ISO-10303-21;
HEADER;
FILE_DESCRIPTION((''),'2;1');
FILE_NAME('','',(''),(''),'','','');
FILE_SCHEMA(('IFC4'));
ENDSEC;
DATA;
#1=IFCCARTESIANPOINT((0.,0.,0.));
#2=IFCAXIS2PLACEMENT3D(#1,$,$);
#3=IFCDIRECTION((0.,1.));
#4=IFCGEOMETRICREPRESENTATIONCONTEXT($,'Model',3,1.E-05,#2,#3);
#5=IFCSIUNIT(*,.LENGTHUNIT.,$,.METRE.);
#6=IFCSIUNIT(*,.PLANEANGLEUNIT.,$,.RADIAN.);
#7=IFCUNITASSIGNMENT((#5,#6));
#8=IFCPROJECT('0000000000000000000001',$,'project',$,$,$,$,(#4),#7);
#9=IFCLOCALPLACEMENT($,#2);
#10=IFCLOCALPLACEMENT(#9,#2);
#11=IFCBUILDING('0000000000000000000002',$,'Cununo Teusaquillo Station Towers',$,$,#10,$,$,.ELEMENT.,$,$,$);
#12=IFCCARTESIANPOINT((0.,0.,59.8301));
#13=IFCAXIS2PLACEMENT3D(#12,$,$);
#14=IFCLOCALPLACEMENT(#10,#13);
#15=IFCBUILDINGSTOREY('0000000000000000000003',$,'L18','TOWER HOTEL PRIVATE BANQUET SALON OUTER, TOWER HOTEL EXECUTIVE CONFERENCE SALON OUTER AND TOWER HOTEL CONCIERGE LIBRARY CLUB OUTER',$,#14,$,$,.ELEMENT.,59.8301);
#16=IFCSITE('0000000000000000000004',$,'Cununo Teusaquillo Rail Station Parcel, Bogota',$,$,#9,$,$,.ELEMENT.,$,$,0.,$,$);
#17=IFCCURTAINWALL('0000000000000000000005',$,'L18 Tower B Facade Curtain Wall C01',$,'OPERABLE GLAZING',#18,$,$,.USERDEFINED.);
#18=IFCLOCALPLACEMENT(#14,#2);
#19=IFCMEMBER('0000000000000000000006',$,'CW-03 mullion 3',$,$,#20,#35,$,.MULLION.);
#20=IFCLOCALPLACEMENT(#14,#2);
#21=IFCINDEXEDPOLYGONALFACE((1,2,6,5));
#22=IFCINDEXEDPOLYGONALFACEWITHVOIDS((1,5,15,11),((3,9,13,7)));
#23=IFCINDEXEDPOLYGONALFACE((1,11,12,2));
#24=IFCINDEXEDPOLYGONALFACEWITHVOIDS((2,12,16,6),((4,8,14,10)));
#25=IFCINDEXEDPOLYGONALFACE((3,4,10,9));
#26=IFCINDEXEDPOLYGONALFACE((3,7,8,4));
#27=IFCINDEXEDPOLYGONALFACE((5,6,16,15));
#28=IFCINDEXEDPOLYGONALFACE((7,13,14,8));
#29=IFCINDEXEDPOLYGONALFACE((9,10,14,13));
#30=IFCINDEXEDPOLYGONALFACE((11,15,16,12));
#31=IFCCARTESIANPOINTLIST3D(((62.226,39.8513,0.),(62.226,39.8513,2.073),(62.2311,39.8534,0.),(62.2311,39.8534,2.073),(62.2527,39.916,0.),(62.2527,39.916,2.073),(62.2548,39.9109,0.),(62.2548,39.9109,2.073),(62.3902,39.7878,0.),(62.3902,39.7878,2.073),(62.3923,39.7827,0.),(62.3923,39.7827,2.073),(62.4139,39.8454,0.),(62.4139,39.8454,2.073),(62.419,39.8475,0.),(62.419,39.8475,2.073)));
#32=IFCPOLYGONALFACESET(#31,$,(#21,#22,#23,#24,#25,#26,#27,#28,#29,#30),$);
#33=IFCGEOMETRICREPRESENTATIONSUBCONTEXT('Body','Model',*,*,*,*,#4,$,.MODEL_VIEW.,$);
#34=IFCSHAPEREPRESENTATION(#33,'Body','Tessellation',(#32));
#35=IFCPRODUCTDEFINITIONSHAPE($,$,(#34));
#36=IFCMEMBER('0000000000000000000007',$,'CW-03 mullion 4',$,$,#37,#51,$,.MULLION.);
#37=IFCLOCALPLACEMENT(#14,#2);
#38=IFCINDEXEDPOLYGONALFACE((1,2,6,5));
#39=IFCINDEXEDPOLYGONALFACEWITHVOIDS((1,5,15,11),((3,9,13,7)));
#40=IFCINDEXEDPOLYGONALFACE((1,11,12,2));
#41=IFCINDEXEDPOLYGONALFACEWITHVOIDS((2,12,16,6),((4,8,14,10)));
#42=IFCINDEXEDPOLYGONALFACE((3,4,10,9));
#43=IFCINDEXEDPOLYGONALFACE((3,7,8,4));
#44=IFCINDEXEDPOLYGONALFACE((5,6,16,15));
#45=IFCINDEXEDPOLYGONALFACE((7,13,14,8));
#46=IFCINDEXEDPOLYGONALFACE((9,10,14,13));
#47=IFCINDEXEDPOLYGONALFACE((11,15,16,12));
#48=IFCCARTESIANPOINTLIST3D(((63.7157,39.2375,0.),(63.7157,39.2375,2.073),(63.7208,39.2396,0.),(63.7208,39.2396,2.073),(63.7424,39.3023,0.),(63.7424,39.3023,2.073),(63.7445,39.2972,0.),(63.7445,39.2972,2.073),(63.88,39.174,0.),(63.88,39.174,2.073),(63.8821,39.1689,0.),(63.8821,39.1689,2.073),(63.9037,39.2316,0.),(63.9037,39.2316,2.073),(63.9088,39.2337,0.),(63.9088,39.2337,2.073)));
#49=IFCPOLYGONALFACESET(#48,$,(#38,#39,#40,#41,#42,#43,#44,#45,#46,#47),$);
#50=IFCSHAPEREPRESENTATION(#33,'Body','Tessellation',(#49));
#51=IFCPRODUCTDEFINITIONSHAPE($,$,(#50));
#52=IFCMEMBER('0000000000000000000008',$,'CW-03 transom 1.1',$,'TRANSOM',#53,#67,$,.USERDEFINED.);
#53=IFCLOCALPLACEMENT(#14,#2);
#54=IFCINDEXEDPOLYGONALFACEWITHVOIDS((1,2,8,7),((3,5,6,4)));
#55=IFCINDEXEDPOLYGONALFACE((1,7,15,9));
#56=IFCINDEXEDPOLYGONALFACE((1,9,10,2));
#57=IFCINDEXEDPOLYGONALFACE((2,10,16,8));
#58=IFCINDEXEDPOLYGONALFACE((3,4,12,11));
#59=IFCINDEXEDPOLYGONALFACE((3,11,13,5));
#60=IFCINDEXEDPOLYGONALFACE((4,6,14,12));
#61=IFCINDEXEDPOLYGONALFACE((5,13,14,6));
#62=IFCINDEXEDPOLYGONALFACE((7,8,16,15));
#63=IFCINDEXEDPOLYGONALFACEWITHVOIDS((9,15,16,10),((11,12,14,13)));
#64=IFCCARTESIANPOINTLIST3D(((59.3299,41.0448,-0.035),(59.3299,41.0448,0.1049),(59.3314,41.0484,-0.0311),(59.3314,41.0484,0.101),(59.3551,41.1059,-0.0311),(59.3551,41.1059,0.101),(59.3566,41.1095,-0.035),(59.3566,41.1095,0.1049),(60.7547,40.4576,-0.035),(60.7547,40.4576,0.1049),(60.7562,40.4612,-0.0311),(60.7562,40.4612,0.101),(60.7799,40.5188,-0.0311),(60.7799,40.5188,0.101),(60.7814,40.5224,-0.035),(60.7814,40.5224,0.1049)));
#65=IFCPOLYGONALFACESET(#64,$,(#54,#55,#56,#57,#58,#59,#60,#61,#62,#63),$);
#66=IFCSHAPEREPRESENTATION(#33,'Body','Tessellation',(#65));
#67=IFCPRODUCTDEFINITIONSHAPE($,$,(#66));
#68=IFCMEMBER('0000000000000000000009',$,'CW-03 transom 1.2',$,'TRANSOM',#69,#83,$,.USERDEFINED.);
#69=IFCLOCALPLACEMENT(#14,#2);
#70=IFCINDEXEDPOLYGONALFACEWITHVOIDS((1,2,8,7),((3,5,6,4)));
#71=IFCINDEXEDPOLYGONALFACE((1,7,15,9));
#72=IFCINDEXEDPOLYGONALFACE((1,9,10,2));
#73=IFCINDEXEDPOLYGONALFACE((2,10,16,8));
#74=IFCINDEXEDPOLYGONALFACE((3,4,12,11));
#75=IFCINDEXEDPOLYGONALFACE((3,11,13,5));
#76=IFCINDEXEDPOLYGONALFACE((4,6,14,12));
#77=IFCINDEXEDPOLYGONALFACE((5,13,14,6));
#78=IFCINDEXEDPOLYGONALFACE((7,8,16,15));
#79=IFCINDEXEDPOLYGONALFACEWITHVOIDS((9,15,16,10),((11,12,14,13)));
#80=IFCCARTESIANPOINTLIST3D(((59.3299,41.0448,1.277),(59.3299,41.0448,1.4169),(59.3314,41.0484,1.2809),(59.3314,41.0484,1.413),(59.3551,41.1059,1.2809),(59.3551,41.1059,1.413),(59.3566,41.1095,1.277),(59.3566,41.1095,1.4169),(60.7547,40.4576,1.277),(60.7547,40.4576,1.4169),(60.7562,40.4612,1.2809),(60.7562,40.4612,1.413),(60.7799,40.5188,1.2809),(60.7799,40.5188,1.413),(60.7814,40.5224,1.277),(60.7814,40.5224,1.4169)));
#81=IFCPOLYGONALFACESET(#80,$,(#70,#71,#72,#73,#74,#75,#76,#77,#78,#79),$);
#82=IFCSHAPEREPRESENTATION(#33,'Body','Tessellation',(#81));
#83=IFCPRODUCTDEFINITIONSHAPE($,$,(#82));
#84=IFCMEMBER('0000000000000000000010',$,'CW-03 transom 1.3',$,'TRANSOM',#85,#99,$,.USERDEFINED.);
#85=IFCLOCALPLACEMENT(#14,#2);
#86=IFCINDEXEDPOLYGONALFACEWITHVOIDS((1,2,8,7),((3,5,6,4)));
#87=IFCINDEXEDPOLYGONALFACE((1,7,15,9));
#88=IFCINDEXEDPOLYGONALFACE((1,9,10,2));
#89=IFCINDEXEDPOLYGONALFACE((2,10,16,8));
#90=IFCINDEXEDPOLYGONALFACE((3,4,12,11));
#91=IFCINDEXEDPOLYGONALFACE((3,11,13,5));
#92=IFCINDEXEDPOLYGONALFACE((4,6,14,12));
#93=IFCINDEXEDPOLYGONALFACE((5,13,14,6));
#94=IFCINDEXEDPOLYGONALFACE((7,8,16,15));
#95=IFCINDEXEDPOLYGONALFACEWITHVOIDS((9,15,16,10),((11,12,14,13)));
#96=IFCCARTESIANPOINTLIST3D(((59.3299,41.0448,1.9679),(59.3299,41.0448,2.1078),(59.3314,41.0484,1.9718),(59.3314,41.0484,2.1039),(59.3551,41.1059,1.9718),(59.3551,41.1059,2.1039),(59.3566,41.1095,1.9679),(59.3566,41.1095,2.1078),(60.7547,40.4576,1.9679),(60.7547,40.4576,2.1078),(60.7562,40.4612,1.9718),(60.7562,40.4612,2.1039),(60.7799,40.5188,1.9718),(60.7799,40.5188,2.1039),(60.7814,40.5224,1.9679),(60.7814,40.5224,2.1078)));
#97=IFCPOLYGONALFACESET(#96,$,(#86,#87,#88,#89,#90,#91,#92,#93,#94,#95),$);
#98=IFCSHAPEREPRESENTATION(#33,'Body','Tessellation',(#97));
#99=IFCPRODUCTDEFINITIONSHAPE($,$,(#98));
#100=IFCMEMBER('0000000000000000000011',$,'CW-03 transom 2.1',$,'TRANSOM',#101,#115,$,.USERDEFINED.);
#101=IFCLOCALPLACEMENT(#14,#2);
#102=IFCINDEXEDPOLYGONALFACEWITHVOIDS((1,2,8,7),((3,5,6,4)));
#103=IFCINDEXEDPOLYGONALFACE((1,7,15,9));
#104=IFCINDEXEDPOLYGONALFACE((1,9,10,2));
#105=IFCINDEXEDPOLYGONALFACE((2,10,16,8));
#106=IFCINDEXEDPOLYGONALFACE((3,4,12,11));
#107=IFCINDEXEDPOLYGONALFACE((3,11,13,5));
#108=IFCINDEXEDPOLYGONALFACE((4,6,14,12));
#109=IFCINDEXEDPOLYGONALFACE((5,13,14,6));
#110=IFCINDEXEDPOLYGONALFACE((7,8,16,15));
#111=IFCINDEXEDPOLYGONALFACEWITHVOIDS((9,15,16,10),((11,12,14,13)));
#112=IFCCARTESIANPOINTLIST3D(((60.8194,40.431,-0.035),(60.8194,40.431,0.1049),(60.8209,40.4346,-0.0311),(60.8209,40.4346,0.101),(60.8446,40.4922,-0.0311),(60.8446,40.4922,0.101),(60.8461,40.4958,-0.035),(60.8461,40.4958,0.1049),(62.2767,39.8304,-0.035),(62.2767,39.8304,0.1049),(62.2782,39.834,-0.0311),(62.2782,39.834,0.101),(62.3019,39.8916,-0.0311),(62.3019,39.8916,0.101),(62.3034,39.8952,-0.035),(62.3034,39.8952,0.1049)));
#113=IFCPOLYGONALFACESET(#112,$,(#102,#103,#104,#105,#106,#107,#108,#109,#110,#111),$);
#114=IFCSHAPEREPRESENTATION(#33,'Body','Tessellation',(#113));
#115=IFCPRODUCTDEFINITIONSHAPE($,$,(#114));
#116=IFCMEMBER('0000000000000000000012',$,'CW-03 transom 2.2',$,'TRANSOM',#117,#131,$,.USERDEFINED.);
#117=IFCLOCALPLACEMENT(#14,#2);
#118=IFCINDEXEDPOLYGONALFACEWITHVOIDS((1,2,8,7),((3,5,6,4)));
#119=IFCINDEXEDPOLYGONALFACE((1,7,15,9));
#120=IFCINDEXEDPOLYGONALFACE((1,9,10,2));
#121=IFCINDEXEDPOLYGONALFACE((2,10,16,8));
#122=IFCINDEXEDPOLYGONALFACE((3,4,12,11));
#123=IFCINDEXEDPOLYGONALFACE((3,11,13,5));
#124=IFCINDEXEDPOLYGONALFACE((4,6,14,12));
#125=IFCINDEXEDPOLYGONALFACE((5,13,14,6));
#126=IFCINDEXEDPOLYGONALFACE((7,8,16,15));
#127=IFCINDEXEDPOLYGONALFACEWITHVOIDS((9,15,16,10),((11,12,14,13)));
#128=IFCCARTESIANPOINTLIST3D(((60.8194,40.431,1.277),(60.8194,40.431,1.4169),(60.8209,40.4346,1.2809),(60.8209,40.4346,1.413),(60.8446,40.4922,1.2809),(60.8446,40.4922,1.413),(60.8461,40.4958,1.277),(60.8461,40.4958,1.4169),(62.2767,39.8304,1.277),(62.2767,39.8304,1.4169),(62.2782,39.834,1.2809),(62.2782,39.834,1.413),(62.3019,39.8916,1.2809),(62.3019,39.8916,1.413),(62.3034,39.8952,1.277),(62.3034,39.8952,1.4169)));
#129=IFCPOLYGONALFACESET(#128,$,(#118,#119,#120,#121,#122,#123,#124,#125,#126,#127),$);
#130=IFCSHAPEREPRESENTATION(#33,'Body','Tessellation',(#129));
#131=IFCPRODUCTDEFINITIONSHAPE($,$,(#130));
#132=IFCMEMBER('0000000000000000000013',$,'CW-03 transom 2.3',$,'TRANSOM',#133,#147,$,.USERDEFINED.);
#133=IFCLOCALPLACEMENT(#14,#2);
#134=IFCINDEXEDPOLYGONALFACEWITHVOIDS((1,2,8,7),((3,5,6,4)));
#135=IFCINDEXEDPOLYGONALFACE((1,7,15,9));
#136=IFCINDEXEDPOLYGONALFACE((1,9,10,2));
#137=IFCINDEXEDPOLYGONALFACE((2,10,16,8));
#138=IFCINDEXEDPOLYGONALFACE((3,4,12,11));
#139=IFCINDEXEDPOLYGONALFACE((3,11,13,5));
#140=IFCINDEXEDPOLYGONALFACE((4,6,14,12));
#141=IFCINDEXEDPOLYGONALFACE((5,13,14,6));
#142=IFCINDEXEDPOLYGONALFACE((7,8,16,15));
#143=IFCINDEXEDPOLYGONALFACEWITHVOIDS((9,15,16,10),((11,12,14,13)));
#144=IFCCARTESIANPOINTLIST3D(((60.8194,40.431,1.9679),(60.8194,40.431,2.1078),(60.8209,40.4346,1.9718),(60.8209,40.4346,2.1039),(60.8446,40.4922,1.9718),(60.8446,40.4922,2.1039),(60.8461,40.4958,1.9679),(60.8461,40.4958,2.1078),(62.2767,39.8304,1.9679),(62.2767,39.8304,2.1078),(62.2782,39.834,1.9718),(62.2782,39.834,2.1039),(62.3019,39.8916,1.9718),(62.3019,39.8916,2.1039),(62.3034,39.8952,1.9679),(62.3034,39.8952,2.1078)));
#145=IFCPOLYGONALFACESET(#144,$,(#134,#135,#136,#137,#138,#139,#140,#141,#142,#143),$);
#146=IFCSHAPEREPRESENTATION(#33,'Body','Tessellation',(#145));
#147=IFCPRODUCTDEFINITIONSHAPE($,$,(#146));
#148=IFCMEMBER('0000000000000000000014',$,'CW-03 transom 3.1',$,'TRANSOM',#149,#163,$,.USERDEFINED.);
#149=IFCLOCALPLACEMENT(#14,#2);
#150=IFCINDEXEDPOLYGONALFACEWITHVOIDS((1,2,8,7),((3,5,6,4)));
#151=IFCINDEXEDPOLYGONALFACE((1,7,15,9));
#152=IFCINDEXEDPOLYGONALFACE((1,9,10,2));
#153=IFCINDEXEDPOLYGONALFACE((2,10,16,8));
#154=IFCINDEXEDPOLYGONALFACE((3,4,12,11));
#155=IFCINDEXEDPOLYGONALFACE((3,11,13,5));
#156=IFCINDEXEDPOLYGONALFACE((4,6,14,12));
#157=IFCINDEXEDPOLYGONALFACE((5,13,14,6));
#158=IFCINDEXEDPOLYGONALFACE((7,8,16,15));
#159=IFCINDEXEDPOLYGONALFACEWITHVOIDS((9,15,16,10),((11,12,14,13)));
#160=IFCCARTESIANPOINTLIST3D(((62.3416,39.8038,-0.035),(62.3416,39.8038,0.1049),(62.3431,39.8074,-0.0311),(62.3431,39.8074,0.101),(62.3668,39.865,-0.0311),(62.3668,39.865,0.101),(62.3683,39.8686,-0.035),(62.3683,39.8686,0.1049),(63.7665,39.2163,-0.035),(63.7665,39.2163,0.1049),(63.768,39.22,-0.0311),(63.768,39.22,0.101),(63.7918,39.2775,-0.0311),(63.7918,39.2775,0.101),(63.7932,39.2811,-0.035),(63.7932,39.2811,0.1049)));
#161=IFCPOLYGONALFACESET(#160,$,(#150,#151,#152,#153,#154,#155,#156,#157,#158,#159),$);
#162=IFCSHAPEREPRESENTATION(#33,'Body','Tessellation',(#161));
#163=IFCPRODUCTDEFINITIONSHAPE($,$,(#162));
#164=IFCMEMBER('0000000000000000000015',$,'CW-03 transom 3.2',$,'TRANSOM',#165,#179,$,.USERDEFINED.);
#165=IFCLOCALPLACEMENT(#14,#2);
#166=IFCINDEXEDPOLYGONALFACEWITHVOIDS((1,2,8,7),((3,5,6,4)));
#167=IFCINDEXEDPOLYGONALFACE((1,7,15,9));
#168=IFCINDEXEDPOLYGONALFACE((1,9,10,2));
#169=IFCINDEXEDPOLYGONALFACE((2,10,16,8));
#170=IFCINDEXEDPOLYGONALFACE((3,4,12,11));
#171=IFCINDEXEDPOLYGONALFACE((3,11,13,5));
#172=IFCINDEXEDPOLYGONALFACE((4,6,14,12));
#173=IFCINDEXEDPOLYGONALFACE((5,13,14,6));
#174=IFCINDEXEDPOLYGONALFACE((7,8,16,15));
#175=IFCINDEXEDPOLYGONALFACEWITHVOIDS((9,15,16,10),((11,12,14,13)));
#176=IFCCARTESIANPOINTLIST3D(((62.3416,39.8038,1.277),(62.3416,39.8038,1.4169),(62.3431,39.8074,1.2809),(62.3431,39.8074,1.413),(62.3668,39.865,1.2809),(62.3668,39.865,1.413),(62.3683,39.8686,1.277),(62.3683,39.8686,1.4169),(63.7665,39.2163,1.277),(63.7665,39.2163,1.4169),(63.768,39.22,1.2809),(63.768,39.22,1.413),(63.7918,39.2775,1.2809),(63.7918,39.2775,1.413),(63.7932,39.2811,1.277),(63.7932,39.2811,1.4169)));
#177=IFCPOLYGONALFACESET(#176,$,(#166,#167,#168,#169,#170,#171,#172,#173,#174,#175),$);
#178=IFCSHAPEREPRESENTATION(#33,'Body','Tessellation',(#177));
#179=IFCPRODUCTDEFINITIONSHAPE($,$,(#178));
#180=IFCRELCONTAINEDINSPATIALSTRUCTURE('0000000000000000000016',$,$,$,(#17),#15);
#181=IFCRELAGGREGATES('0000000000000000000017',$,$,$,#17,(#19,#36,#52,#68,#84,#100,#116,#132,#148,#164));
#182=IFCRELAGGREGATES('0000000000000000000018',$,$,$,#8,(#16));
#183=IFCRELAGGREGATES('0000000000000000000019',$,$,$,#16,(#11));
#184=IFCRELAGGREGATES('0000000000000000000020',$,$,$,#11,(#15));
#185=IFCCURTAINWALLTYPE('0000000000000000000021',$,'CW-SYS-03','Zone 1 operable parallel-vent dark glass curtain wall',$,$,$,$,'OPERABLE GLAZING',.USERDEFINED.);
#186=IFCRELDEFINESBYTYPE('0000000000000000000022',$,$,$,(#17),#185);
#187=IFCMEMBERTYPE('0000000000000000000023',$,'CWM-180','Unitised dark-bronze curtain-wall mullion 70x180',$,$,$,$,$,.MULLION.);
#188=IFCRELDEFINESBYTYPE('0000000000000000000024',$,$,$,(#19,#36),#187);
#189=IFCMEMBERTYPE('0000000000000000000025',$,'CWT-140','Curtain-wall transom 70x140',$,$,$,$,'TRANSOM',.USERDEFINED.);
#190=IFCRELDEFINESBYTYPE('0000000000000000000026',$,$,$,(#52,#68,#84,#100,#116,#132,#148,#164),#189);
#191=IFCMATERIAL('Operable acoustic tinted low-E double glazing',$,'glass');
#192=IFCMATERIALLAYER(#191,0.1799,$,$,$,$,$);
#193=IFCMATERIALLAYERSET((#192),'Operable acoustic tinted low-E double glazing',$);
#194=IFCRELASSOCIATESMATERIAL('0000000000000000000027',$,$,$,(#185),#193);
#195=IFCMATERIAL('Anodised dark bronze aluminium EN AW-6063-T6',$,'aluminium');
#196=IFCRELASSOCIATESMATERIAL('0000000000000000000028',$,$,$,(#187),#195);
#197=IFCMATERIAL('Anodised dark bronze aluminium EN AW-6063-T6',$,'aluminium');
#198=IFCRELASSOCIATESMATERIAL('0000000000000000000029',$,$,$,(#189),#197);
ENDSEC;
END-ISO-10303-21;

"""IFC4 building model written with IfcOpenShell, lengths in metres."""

from ifc_helpers import new_model, si_unit, direction, frame, origin, origin_2d, place, context, subcontext, project, spatial, hollow_rectangle, extrude, material, layer, layer_set, material_profile, profile_set, type_object, element, aggregate, save


model = new_model("IFC4")

# Units and contexts
model_context = context("Model", 3, precision=1e-05, world=origin(), true_north=direction((0.0, 1.0)))
body_context = subcontext(model_context, "Body", "Model", "MODEL_VIEW")
ifc_project = project(units=[si_unit("LENGTHUNIT", "METRE"), si_unit("PLANEANGLEUNIT", "RADIAN")], contexts=[model_context])

# Site, building, storey
site_placement = place(None, origin())
site = spatial("IfcSite", under=ifc_project, at=site_placement, Name="Cununo Teusaquillo Rail Station Parcel, Bogota", CompositionType="ELEMENT", RefElevation=0.0)
building_placement = place(site_placement, origin())
building = spatial("IfcBuilding", under=site, at=building_placement, Name="Cununo Teusaquillo Station Towers", CompositionType="ELEMENT")
storey_placement = place(building_placement, frame((0.0, 0.0, 59.8301)))
storey = spatial("IfcBuildingStorey", under=building, at=storey_placement, Name="L18", Description="TOWER HOTEL PRIVATE BANQUET SALON OUTER, TOWER HOTEL EXECUTIVE CONFERENCE SALON OUTER AND TOWER HOTEL CONCIERGE LIBRARY CLUB OUTER", CompositionType="ELEMENT", Elevation=59.8301)

# Curtain wall, members
ifc_material_1 = material(Name="Operable acoustic tinted low-E double glazing", Category="glass")
ifc_layer_1 = layer(ifc_material_1, 0.1799)
ifc_layer_set_1 = layer_set([ifc_layer_1], Name="Operable acoustic tinted low-E double glazing")
curtain_wall_type = type_object("IfcCurtainWallType", Name="CW-SYS-03", Description="Zone 1 operable parallel-vent dark glass curtain wall", ElementType="OPERABLE GLAZING", PredefinedType="USERDEFINED", material=ifc_layer_set_1)
curtain_wall_placement = place(storey_placement, origin())
curtain_wall = element("IfcCurtainWall", 1, at=curtain_wall_placement, inside=storey, type_object=curtain_wall_type, Name="L18 Tower B Facade Curtain Wall C01", ObjectType="OPERABLE GLAZING", PredefinedType="USERDEFINED")
ifc_material_2 = material(Name="Anodised dark bronze aluminium EN AW-6063-T6", Category="aluminium")
ifc_material_profile_1 = material_profile(ifc_material_2, hollow_rectangle(XDim=0.0701, YDim=0.1799, WallThickness=0.0039, at=origin_2d()), Name="CW-MULL-70x180")
ifc_profile_set_1 = profile_set([ifc_material_profile_1], Name="Anodised dark bronze aluminium EN AW-6063-T6")
member_type_1 = type_object("IfcMemberType", Name="CWM-180", Description="Unitised dark-bronze curtain-wall mullion 70x180", PredefinedType="MULLION", material=ifc_profile_set_1)
member_1_placement = place(storey_placement, frame((62.3225, 39.8494, 0.0), z_axis=(0.0, 0.0, 1.0), x_axis=(0.381006, 0.924572, 0.0)))
member_1 = element("IfcMember", 2, at=member_1_placement, type_object=member_type_1, Name="CW-03 mullion 3", PredefinedType="MULLION", context=body_context, shape_type="SweptSolid", body=[
    extrude(hollow_rectangle(XDim=0.0701, YDim=0.1799, WallThickness=0.0039, at=origin_2d()), origin(), (0.0, 0.0, 1.0), 2.073),
])
member_2_placement = place(storey_placement, frame((63.8123, 39.2356, 0.0), z_axis=(0.0, 0.0, 1.0), x_axis=(0.381006, 0.924572, 0.0)))
member_2 = element("IfcMember", 3, at=member_2_placement, type_object=member_type_1, Name="CW-03 mullion 4", PredefinedType="MULLION", context=body_context, shape_type="SweptSolid", body=[
    extrude(hollow_rectangle(XDim=0.0701, YDim=0.1799, WallThickness=0.0039, at=origin_2d()), origin(), (0.0, 0.0, 1.0), 2.073),
])
ifc_material_3 = material(Name="Anodised dark bronze aluminium EN AW-6063-T6", Category="aluminium")
ifc_material_profile_2 = material_profile(ifc_material_3, hollow_rectangle(XDim=0.0701, YDim=0.1399, WallThickness=0.0039, at=origin_2d()), Name="CW-TRAN-70x140")
ifc_profile_set_2 = profile_set([ifc_material_profile_2], Name="Anodised dark bronze aluminium EN AW-6063-T6")
member_type_2 = type_object("IfcMemberType", Name="CWT-140", Description="Curtain-wall transom 70x140", ElementType="TRANSOM", PredefinedType="USERDEFINED", material=ifc_profile_set_2)
member_3_placement = place(storey_placement, frame((59.3433, 41.0771, 0.0349), z_axis=(0.92457, -0.381013, 0.0), x_axis=(0.381013, 0.92457, 0.0)))
member_3 = element("IfcMember", 4, at=member_3_placement, type_object=member_type_2, Name="CW-03 transom 1.1", ObjectType="TRANSOM", PredefinedType="USERDEFINED", context=body_context, shape_type="SweptSolid", body=[
    extrude(hollow_rectangle(XDim=0.0701, YDim=0.1399, WallThickness=0.0039, at=origin_2d()), origin(), (0.0, 0.0, 1.0), 1.541),
])
member_4_placement = place(storey_placement, frame((59.3433, 41.0771, 1.3469), z_axis=(0.92457, -0.381013, 0.0), x_axis=(0.381013, 0.92457, 0.0)))
member_4 = element("IfcMember", 5, at=member_4_placement, type_object=member_type_2, Name="CW-03 transom 1.2", ObjectType="TRANSOM", PredefinedType="USERDEFINED", context=body_context, shape_type="SweptSolid", body=[
    extrude(hollow_rectangle(XDim=0.0701, YDim=0.1399, WallThickness=0.0039, at=origin_2d()), origin(), (0.0, 0.0, 1.0), 1.541),
])
member_5_placement = place(storey_placement, frame((59.3433, 41.0771, 2.0378), z_axis=(0.92457, -0.381013, 0.0), x_axis=(0.381013, 0.92457, 0.0)))
member_5 = element("IfcMember", 6, at=member_5_placement, type_object=member_type_2, Name="CW-03 transom 1.3", ObjectType="TRANSOM", PredefinedType="USERDEFINED", context=body_context, shape_type="SweptSolid", body=[
    extrude(hollow_rectangle(XDim=0.0701, YDim=0.1399, WallThickness=0.0039, at=origin_2d()), origin(), (0.0, 0.0, 1.0), 1.541),
])
member_6_placement = place(storey_placement, frame((60.8328, 40.4634, 0.0349), z_axis=(0.924559, -0.381038, 0.0), x_axis=(0.381038, 0.924559, 0.0)))
member_6 = element("IfcMember", 7, at=member_6_placement, type_object=member_type_2, Name="CW-03 transom 2.1", ObjectType="TRANSOM", PredefinedType="USERDEFINED", context=body_context, shape_type="SweptSolid", body=[
    extrude(hollow_rectangle(XDim=0.0701, YDim=0.1399, WallThickness=0.0039, at=origin_2d()), origin(), (0.0, 0.0, 1.0), 1.5762),
])
member_7_placement = place(storey_placement, frame((60.8328, 40.4634, 1.3469), z_axis=(0.924559, -0.381038, 0.0), x_axis=(0.381038, 0.924559, 0.0)))
member_7 = element("IfcMember", 8, at=member_7_placement, type_object=member_type_2, Name="CW-03 transom 2.2", ObjectType="TRANSOM", PredefinedType="USERDEFINED", context=body_context, shape_type="SweptSolid", body=[
    extrude(hollow_rectangle(XDim=0.0701, YDim=0.1399, WallThickness=0.0039, at=origin_2d()), origin(), (0.0, 0.0, 1.0), 1.5762),
])
member_8_placement = place(storey_placement, frame((60.8328, 40.4634, 2.0378), z_axis=(0.924559, -0.381038, 0.0), x_axis=(0.381038, 0.924559, 0.0)))
member_8 = element("IfcMember", 9, at=member_8_placement, type_object=member_type_2, Name="CW-03 transom 2.3", ObjectType="TRANSOM", PredefinedType="USERDEFINED", context=body_context, shape_type="SweptSolid", body=[
    extrude(hollow_rectangle(XDim=0.0701, YDim=0.1399, WallThickness=0.0039, at=origin_2d()), origin(), (0.0, 0.0, 1.0), 1.5762),
])
member_9_placement = place(storey_placement, frame((62.355, 39.8362, 0.0349), z_axis=(0.924514, -0.381148, 0.0), x_axis=(0.381148, 0.924514, 0.0)))
member_9 = element("IfcMember", 10, at=member_9_placement, type_object=member_type_2, Name="CW-03 transom 3.1", ObjectType="TRANSOM", PredefinedType="USERDEFINED", context=body_context, shape_type="SweptSolid", body=[
    extrude(hollow_rectangle(XDim=0.0701, YDim=0.1399, WallThickness=0.0039, at=origin_2d()), origin(), (0.0, 0.0, 1.0), 1.5413),
])
member_10_placement = place(storey_placement, frame((62.355, 39.8362, 1.3469), z_axis=(0.924514, -0.381148, 0.0), x_axis=(0.381148, 0.924514, 0.0)))
member_10 = element("IfcMember", 11, at=member_10_placement, type_object=member_type_2, Name="CW-03 transom 3.2", ObjectType="TRANSOM", PredefinedType="USERDEFINED", context=body_context, shape_type="SweptSolid", body=[
    extrude(hollow_rectangle(XDim=0.0701, YDim=0.1399, WallThickness=0.0039, at=origin_2d()), origin(), (0.0, 0.0, 1.0), 1.5413),
])

aggregate(curtain_wall, [member_1, member_2, member_3, member_4, member_5, member_6, member_7, member_8, member_9, member_10])

save(model, "model.ifc")
